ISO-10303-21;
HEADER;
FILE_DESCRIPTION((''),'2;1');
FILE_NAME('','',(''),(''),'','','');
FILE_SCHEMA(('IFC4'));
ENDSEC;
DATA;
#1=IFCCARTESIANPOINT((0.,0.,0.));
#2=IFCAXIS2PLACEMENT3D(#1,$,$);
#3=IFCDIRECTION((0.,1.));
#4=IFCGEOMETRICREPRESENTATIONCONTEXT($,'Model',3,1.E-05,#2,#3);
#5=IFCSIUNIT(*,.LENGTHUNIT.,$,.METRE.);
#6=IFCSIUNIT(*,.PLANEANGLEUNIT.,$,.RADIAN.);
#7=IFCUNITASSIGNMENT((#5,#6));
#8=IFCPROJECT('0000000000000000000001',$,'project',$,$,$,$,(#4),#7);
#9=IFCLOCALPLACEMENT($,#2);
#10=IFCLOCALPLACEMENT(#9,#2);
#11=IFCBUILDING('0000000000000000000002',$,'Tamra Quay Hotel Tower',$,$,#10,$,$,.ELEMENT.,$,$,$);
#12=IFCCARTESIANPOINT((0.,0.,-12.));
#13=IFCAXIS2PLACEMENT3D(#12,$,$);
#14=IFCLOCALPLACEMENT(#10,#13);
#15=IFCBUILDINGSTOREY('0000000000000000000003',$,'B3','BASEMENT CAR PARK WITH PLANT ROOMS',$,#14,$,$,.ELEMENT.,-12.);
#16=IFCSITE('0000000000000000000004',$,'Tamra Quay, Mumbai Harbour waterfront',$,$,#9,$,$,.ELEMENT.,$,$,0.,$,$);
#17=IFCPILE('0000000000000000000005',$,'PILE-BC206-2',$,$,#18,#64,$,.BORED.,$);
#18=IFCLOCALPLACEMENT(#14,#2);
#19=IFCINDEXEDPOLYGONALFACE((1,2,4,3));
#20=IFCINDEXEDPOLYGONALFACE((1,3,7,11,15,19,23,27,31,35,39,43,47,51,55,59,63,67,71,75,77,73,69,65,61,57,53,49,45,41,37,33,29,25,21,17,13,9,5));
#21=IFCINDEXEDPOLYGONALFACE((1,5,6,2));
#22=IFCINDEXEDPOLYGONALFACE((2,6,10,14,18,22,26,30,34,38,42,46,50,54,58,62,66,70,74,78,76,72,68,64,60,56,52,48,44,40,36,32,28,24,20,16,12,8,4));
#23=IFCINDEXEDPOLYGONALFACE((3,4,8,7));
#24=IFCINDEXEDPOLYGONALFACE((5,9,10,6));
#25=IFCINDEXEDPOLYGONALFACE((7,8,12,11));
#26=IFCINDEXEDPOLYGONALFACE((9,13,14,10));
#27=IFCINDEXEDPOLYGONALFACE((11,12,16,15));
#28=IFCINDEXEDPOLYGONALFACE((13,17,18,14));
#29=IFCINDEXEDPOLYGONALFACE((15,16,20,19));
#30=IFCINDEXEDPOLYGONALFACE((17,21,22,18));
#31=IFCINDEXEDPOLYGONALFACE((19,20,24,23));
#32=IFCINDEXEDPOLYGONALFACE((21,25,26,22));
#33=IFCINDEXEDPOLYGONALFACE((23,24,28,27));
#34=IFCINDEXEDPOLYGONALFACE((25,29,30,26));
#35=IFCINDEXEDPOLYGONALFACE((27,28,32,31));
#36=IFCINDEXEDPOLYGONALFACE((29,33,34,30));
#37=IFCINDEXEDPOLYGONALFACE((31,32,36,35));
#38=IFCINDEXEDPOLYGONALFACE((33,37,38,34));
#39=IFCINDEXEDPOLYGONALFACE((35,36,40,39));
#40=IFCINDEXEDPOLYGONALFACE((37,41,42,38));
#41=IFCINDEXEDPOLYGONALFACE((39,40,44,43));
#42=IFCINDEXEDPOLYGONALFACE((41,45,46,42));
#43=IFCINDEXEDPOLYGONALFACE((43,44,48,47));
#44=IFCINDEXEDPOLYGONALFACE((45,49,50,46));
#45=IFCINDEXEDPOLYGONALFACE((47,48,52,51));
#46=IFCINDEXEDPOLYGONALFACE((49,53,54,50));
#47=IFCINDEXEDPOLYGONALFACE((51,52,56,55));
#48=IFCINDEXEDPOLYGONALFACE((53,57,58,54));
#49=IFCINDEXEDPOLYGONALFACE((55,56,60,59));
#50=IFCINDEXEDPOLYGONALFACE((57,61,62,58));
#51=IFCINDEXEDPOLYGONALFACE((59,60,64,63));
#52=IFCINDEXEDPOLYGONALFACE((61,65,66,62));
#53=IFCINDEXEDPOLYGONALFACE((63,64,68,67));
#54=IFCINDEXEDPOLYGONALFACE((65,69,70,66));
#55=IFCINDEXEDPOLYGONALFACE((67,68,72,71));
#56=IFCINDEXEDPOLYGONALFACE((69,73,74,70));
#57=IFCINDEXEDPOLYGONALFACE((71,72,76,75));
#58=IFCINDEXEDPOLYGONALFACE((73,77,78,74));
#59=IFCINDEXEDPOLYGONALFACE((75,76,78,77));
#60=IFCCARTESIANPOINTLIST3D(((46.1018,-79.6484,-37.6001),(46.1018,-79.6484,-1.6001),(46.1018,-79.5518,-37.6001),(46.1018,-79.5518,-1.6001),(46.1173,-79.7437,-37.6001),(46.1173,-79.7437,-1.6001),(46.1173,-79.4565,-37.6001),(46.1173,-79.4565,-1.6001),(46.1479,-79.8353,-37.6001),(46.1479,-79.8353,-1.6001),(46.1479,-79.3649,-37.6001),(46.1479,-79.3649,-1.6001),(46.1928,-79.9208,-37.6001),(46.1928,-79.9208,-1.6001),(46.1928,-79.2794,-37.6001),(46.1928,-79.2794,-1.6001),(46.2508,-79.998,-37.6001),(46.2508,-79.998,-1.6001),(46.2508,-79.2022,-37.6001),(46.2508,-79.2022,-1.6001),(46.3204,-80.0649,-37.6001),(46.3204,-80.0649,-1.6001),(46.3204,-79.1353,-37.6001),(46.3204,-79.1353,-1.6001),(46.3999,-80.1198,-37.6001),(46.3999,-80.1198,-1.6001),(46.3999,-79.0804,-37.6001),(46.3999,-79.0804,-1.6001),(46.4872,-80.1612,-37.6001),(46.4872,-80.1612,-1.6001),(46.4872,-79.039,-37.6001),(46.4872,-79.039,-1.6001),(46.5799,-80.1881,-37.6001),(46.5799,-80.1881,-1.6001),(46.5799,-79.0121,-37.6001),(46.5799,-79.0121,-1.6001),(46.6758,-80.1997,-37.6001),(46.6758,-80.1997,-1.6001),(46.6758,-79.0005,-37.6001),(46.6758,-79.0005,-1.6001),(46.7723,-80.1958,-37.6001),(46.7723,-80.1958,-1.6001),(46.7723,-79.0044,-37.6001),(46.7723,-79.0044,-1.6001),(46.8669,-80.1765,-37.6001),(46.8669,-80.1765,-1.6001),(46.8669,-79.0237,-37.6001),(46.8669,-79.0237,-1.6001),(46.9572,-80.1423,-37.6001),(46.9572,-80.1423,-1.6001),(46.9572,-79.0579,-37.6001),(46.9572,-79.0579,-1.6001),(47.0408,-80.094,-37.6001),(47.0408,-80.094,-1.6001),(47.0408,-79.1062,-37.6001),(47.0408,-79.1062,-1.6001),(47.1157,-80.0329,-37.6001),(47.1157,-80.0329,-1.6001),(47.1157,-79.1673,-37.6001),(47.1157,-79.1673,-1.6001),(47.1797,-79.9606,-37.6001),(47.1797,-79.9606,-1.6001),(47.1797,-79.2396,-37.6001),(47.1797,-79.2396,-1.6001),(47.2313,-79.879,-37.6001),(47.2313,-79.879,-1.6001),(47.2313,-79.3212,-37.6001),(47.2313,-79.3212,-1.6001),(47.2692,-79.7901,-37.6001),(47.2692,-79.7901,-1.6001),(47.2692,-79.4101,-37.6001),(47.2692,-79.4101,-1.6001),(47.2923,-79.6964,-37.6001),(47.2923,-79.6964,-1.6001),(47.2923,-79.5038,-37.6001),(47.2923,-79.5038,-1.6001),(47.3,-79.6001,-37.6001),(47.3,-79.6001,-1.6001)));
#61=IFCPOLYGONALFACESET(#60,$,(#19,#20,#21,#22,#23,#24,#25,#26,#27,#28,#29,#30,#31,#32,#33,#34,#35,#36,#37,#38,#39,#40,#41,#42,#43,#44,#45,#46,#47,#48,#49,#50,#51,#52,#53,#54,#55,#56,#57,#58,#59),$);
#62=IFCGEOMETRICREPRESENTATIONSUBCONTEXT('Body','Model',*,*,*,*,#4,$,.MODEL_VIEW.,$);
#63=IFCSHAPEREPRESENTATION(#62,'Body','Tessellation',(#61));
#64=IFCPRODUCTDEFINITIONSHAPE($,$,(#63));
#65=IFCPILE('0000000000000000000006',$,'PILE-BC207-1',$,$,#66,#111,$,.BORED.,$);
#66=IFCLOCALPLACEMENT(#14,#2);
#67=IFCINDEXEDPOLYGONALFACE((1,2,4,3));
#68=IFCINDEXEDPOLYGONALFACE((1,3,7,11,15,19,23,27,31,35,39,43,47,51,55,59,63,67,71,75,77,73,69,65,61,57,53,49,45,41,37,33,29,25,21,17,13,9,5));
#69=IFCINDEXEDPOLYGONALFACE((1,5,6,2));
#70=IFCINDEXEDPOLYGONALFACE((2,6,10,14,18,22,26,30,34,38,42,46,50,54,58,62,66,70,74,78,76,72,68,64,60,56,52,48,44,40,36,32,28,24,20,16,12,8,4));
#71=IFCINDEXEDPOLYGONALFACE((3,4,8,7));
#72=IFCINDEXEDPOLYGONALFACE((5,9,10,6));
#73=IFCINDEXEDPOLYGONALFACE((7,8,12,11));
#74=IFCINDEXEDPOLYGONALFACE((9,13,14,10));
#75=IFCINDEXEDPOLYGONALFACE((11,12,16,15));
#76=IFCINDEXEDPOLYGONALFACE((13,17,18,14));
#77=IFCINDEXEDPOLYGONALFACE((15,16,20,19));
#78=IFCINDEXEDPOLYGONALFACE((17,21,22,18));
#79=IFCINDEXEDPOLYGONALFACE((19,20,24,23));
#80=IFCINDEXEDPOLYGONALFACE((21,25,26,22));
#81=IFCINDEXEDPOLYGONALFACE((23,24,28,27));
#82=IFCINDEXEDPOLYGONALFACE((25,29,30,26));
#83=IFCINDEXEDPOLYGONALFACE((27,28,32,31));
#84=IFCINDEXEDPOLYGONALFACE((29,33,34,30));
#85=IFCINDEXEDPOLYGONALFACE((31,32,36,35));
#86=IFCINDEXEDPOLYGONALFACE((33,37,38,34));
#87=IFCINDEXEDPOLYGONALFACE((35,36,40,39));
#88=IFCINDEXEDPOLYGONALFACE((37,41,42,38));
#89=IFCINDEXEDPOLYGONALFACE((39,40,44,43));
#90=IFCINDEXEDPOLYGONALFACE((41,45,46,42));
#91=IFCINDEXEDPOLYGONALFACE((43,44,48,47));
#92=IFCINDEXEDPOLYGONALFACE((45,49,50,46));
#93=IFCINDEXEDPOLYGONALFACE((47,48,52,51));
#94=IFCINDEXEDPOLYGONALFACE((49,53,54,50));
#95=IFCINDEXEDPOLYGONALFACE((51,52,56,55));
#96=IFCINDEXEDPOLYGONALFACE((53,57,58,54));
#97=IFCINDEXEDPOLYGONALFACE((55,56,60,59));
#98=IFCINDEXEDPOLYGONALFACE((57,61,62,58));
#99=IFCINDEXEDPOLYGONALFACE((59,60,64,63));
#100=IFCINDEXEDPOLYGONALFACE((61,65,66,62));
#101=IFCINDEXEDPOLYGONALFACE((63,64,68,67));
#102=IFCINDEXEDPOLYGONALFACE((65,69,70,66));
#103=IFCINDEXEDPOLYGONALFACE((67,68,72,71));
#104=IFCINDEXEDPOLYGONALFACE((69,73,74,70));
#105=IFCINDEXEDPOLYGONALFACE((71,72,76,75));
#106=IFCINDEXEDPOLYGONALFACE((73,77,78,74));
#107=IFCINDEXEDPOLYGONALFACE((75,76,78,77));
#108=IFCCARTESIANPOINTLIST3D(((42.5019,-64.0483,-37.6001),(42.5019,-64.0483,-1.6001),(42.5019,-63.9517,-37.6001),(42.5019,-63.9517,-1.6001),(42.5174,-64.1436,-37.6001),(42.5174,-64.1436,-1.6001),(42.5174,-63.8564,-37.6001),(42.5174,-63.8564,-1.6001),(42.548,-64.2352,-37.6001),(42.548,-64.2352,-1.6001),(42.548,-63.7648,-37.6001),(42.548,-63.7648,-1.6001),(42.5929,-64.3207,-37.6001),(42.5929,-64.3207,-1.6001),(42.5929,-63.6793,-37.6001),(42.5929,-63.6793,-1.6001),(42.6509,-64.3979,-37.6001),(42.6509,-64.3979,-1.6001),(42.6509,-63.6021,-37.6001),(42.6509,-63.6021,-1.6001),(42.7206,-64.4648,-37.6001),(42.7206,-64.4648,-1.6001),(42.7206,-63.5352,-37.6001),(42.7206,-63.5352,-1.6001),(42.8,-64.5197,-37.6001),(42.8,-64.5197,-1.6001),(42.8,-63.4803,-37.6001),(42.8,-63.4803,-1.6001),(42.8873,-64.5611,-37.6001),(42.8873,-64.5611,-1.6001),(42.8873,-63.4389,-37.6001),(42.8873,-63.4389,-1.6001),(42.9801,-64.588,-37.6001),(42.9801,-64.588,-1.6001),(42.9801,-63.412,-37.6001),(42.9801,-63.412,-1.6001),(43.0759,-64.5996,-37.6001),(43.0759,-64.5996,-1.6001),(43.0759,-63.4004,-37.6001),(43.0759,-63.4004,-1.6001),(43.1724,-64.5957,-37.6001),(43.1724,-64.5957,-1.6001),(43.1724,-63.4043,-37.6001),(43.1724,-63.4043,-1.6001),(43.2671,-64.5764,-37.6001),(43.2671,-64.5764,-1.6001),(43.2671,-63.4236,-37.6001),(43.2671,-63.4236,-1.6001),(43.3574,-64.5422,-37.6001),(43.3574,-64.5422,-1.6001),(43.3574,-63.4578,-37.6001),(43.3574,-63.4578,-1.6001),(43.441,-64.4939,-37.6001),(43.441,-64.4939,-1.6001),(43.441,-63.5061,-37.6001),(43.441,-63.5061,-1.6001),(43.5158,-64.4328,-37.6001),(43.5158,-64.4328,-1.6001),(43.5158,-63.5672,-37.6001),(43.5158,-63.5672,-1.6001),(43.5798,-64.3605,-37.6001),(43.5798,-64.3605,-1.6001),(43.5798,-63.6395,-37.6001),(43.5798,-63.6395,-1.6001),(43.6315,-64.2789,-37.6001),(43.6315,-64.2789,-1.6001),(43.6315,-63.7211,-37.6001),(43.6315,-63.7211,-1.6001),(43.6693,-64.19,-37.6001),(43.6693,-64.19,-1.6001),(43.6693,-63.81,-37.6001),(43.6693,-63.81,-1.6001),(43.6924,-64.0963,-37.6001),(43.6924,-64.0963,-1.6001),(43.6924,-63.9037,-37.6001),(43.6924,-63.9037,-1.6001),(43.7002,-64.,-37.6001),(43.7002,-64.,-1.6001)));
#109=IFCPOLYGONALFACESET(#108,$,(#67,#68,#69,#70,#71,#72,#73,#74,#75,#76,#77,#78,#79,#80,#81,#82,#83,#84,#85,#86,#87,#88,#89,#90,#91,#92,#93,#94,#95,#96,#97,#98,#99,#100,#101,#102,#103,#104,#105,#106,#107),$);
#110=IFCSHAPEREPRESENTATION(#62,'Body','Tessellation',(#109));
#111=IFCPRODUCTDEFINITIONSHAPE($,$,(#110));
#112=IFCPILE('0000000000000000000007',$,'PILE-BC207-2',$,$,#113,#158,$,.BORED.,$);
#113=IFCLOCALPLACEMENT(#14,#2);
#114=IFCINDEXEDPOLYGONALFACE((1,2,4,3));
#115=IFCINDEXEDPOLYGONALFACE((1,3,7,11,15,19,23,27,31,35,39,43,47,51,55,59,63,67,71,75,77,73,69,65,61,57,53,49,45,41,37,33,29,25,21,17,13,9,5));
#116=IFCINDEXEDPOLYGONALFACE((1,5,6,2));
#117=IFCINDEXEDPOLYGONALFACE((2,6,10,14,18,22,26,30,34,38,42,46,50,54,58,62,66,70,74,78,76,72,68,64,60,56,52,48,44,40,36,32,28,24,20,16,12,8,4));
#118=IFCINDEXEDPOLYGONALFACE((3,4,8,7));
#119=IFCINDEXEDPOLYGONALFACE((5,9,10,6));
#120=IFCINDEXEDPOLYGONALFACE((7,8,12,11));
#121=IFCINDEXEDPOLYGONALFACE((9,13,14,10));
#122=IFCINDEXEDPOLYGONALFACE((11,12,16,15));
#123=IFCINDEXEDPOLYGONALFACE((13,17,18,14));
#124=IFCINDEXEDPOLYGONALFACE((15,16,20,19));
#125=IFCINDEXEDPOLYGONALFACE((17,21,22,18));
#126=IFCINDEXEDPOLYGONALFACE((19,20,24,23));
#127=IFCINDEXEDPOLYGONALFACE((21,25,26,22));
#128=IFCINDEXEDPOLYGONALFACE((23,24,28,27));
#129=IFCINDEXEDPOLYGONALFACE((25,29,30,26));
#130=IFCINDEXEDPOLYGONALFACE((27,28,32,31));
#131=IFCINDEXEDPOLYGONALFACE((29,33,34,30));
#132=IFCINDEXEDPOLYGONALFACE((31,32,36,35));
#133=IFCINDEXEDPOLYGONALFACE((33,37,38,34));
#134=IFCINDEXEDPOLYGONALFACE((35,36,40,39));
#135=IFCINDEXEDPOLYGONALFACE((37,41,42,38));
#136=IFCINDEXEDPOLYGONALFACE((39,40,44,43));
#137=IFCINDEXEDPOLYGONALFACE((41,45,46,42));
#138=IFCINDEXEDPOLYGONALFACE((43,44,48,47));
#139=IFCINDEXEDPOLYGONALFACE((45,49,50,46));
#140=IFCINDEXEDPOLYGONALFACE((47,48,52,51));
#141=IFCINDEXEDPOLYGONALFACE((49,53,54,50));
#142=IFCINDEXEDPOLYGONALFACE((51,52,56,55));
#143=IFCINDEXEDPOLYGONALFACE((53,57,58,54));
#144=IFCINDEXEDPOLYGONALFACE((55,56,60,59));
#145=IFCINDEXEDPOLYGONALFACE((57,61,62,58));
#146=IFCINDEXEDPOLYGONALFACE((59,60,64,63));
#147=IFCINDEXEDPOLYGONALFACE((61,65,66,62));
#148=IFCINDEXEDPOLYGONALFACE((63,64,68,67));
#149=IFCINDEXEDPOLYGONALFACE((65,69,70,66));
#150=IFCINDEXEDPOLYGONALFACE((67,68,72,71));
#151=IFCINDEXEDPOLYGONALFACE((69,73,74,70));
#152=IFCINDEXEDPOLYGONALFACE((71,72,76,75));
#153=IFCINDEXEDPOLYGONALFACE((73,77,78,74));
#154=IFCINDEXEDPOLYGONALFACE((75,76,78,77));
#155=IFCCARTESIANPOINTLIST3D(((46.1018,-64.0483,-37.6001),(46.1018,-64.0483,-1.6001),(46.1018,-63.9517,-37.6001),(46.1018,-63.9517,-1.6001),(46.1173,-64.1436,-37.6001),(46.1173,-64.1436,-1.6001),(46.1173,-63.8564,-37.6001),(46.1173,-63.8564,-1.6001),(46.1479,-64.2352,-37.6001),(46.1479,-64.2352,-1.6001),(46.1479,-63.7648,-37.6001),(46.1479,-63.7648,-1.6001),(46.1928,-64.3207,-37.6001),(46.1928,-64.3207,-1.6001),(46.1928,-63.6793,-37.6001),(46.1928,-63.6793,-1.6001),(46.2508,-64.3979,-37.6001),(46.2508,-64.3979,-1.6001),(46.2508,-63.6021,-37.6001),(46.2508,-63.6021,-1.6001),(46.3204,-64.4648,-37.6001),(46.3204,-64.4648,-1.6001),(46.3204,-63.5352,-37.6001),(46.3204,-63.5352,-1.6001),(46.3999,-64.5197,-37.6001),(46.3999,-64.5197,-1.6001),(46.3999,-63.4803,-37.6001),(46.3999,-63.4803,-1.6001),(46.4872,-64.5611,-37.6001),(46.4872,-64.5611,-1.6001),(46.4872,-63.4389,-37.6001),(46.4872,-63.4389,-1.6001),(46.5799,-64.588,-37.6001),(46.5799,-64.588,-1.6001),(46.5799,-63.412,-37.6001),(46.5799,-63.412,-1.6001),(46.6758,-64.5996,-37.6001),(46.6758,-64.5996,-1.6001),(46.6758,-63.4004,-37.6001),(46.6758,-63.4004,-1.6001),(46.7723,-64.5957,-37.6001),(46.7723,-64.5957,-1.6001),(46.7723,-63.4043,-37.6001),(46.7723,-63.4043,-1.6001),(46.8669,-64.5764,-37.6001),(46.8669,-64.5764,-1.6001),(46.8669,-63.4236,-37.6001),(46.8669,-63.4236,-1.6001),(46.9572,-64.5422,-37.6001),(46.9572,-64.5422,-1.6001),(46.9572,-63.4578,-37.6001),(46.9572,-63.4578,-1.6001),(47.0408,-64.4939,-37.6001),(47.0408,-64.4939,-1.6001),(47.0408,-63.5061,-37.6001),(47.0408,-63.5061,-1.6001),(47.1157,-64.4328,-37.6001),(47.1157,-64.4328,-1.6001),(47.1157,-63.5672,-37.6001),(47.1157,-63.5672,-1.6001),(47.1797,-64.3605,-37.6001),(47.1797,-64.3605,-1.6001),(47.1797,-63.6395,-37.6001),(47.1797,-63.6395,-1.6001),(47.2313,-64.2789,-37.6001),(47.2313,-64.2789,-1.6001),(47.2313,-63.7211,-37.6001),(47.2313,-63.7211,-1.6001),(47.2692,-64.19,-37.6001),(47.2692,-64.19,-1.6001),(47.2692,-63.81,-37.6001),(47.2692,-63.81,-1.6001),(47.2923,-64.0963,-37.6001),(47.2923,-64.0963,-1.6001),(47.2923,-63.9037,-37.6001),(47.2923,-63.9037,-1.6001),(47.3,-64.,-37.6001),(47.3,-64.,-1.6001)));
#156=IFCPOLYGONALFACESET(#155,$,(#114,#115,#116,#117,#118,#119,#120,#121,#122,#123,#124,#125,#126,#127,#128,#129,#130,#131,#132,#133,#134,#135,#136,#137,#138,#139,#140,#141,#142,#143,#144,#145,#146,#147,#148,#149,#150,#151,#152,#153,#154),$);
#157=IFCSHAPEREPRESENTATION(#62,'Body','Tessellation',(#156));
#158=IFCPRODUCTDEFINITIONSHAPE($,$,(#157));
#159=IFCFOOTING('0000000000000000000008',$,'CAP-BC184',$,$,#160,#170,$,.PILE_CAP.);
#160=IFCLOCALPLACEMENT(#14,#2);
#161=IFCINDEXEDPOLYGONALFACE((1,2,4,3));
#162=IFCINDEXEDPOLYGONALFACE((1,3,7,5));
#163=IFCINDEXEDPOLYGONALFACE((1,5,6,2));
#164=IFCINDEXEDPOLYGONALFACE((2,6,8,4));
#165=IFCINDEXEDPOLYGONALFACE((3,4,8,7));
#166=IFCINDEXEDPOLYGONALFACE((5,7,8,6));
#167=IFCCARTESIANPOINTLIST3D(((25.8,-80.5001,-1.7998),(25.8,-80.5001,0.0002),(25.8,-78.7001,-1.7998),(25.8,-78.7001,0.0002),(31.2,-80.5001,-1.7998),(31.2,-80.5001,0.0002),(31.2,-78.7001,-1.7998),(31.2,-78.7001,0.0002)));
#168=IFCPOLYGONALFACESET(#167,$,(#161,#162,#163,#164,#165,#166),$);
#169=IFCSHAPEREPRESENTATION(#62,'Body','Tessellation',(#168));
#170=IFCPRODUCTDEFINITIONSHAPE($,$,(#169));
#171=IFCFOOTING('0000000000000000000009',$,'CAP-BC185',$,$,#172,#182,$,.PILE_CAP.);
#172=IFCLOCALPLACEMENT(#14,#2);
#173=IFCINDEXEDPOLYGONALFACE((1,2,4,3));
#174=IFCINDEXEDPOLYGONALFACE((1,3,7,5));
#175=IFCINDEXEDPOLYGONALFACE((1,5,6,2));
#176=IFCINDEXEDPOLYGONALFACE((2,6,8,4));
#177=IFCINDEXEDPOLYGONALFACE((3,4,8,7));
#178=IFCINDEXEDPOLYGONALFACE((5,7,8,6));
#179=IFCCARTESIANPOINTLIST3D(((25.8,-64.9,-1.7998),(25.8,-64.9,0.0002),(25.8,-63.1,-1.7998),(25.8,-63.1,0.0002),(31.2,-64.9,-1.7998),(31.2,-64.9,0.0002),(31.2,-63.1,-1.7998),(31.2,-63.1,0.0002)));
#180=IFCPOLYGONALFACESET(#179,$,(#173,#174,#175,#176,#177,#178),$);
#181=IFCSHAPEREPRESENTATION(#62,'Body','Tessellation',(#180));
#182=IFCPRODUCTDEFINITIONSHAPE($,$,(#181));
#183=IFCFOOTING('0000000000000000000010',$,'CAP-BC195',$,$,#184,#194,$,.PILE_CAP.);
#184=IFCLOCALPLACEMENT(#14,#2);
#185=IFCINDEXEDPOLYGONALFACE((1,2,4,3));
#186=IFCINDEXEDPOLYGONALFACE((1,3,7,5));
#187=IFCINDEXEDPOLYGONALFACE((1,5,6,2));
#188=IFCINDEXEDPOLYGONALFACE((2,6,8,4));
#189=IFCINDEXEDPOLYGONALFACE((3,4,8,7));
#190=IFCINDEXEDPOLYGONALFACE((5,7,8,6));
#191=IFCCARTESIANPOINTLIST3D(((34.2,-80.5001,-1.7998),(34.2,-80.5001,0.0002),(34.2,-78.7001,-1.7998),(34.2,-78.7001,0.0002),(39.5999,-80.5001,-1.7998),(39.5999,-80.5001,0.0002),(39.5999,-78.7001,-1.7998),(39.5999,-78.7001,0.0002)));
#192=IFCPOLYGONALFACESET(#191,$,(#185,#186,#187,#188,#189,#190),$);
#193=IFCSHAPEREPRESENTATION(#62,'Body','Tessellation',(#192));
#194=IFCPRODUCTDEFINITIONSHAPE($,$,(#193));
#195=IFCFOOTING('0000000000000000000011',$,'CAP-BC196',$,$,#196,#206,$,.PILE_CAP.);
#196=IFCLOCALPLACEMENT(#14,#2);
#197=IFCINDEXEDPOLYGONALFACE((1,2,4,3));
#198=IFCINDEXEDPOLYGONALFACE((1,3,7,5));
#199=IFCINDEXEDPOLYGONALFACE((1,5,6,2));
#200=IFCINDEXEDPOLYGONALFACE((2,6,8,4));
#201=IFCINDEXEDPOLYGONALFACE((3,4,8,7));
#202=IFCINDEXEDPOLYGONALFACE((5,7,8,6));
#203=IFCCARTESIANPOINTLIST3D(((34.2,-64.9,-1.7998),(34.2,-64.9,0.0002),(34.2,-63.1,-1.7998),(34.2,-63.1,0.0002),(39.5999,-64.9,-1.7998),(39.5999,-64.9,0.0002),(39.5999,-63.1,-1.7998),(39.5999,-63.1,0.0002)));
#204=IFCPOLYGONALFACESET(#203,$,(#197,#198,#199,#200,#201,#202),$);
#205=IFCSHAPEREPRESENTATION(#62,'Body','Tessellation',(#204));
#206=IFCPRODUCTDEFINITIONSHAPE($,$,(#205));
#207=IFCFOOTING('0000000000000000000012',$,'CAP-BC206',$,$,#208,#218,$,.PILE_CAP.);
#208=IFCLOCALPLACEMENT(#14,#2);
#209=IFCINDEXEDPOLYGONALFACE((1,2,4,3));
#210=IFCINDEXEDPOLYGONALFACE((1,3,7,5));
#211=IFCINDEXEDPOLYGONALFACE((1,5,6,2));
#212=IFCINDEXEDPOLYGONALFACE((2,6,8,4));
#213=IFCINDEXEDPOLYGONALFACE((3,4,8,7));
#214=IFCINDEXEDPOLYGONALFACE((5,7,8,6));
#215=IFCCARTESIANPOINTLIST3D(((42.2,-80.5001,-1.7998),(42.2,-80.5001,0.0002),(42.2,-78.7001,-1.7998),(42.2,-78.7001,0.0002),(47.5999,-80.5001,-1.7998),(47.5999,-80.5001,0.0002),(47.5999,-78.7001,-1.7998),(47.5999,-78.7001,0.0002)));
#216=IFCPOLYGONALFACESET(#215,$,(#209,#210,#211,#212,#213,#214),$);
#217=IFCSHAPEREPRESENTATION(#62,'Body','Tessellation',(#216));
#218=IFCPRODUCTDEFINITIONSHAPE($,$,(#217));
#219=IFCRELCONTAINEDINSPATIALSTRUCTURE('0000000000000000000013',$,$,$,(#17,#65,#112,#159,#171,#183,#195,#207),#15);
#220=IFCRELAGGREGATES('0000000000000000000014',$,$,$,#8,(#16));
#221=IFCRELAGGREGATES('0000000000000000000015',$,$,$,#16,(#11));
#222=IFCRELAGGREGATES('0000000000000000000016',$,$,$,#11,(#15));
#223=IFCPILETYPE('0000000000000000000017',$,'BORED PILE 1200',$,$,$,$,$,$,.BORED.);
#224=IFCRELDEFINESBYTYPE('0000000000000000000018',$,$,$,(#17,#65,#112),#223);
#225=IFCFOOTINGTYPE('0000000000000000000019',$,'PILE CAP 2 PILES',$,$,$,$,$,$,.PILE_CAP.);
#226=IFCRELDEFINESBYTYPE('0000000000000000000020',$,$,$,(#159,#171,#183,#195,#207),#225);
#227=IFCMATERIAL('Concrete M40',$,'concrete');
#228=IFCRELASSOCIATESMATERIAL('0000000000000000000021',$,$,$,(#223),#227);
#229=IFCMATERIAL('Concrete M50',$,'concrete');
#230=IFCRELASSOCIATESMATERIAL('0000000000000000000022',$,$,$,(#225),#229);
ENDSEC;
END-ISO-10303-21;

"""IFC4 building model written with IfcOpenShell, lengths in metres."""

from ifc_helpers import new_model, si_unit, direction, frame, origin, origin_2d, place, context, subcontext, project, spatial, rectangle, circle, extrude, material, material_profile, profile_set, type_object, element, save


model = new_model("IFC4")

# Units and contexts
model_context = context("Model", 3, precision=1e-05, world=origin(), true_north=direction((0.0, 1.0)))
body_context = subcontext(model_context, "Body", "Model", "MODEL_VIEW")
ifc_project = project(units=[si_unit("LENGTHUNIT", "METRE"), si_unit("PLANEANGLEUNIT", "RADIAN")], contexts=[model_context])

# Site, building, storey
site_placement = place(None, origin())
site = spatial("IfcSite", under=ifc_project, at=site_placement, Name="Tamra Quay, Mumbai Harbour waterfront", CompositionType="ELEMENT", RefElevation=0.0)
building_placement = place(site_placement, origin())
building = spatial("IfcBuilding", under=site, at=building_placement, Name="Tamra Quay Hotel Tower", CompositionType="ELEMENT")
storey_placement = place(building_placement, frame((0.0, 0.0, -12.0)))
storey = spatial("IfcBuildingStorey", under=building, at=storey_placement, Name="B3", Description="BASEMENT CAR PARK WITH PLANT ROOMS", CompositionType="ELEMENT", Elevation=-12.0)

# Piles
ifc_material_1 = material(Name="Concrete M40", Category="concrete")
ifc_material_profile_1 = material_profile(ifc_material_1, circle(Radius=0.6001, at=origin_2d()), Name="BORED PILE 1200")
ifc_profile_set_1 = profile_set([ifc_material_profile_1], Name="Concrete M40")
pile_type = type_object("IfcPileType", Name="BORED PILE 1200", PredefinedType="BORED", material=ifc_profile_set_1)
for number, where, z_axis, x_axis, name in (
    (1, (46.7, -79.6001, -1.6001), (0.0, 0.0, -1.0), (1.0, 0.0, 0.0), "PILE-BC206-2"),
    (2, (43.1001, -64.0, -1.6001), (0.0, 0.0, -1.0), (1.0, 0.0, 0.0), "PILE-BC207-1"),
    (3, (46.7, -64.0, -1.6001), (0.0, 0.0, -1.0), (1.0, 0.0, 0.0), "PILE-BC207-2"),
):
    element("IfcPile", number, at=place(storey_placement, frame(where, z_axis=z_axis, x_axis=x_axis)), inside=storey, type_object=pile_type, Name=name, PredefinedType="BORED", context=body_context, shape_type="SweptSolid", body=[
        extrude(circle(Radius=0.6001, at=origin_2d()), origin(), (0.0, 0.0, 1.0), 36.0),
    ])

# Footings
ifc_material_2 = material(Name="Concrete M50", Category="concrete")
footing_type = type_object("IfcFootingType", Name="PILE CAP 2 PILES", PredefinedType="PILE_CAP", material=ifc_material_2)
for number, where, z_axis, x_axis, name in (
    (4, (28.5, -79.6001, -1.7998), (0.0, 0.0, 1.0), (1.0, 0.0, 0.0), "CAP-BC184"),
    (5, (28.5, -64.0, -1.7998), (0.0, 0.0, 1.0), (1.0, 0.0, 0.0), "CAP-BC185"),
    (6, (36.8999, -79.6001, -1.7998), (0.0, 0.0, 1.0), (1.0, 0.0, 0.0), "CAP-BC195"),
    (7, (36.8999, -64.0, -1.7998), (0.0, 0.0, 1.0), (1.0, 0.0, 0.0), "CAP-BC196"),
    (8, (44.8999, -79.6001, -1.7998), (0.0, 0.0, 1.0), (1.0, 0.0, 0.0), "CAP-BC206"),
):
    element("IfcFooting", number, at=place(storey_placement, frame(where, z_axis=z_axis, x_axis=x_axis)), inside=storey, type_object=footing_type, Name=name, PredefinedType="PILE_CAP", context=body_context, shape_type="SweptSolid", body=[
        extrude(rectangle(XDim=5.3999, YDim=1.8, at=origin_2d()), origin(), (0.0, 0.0, 1.0), 1.8),
    ])

save(model, "model.ifc")
